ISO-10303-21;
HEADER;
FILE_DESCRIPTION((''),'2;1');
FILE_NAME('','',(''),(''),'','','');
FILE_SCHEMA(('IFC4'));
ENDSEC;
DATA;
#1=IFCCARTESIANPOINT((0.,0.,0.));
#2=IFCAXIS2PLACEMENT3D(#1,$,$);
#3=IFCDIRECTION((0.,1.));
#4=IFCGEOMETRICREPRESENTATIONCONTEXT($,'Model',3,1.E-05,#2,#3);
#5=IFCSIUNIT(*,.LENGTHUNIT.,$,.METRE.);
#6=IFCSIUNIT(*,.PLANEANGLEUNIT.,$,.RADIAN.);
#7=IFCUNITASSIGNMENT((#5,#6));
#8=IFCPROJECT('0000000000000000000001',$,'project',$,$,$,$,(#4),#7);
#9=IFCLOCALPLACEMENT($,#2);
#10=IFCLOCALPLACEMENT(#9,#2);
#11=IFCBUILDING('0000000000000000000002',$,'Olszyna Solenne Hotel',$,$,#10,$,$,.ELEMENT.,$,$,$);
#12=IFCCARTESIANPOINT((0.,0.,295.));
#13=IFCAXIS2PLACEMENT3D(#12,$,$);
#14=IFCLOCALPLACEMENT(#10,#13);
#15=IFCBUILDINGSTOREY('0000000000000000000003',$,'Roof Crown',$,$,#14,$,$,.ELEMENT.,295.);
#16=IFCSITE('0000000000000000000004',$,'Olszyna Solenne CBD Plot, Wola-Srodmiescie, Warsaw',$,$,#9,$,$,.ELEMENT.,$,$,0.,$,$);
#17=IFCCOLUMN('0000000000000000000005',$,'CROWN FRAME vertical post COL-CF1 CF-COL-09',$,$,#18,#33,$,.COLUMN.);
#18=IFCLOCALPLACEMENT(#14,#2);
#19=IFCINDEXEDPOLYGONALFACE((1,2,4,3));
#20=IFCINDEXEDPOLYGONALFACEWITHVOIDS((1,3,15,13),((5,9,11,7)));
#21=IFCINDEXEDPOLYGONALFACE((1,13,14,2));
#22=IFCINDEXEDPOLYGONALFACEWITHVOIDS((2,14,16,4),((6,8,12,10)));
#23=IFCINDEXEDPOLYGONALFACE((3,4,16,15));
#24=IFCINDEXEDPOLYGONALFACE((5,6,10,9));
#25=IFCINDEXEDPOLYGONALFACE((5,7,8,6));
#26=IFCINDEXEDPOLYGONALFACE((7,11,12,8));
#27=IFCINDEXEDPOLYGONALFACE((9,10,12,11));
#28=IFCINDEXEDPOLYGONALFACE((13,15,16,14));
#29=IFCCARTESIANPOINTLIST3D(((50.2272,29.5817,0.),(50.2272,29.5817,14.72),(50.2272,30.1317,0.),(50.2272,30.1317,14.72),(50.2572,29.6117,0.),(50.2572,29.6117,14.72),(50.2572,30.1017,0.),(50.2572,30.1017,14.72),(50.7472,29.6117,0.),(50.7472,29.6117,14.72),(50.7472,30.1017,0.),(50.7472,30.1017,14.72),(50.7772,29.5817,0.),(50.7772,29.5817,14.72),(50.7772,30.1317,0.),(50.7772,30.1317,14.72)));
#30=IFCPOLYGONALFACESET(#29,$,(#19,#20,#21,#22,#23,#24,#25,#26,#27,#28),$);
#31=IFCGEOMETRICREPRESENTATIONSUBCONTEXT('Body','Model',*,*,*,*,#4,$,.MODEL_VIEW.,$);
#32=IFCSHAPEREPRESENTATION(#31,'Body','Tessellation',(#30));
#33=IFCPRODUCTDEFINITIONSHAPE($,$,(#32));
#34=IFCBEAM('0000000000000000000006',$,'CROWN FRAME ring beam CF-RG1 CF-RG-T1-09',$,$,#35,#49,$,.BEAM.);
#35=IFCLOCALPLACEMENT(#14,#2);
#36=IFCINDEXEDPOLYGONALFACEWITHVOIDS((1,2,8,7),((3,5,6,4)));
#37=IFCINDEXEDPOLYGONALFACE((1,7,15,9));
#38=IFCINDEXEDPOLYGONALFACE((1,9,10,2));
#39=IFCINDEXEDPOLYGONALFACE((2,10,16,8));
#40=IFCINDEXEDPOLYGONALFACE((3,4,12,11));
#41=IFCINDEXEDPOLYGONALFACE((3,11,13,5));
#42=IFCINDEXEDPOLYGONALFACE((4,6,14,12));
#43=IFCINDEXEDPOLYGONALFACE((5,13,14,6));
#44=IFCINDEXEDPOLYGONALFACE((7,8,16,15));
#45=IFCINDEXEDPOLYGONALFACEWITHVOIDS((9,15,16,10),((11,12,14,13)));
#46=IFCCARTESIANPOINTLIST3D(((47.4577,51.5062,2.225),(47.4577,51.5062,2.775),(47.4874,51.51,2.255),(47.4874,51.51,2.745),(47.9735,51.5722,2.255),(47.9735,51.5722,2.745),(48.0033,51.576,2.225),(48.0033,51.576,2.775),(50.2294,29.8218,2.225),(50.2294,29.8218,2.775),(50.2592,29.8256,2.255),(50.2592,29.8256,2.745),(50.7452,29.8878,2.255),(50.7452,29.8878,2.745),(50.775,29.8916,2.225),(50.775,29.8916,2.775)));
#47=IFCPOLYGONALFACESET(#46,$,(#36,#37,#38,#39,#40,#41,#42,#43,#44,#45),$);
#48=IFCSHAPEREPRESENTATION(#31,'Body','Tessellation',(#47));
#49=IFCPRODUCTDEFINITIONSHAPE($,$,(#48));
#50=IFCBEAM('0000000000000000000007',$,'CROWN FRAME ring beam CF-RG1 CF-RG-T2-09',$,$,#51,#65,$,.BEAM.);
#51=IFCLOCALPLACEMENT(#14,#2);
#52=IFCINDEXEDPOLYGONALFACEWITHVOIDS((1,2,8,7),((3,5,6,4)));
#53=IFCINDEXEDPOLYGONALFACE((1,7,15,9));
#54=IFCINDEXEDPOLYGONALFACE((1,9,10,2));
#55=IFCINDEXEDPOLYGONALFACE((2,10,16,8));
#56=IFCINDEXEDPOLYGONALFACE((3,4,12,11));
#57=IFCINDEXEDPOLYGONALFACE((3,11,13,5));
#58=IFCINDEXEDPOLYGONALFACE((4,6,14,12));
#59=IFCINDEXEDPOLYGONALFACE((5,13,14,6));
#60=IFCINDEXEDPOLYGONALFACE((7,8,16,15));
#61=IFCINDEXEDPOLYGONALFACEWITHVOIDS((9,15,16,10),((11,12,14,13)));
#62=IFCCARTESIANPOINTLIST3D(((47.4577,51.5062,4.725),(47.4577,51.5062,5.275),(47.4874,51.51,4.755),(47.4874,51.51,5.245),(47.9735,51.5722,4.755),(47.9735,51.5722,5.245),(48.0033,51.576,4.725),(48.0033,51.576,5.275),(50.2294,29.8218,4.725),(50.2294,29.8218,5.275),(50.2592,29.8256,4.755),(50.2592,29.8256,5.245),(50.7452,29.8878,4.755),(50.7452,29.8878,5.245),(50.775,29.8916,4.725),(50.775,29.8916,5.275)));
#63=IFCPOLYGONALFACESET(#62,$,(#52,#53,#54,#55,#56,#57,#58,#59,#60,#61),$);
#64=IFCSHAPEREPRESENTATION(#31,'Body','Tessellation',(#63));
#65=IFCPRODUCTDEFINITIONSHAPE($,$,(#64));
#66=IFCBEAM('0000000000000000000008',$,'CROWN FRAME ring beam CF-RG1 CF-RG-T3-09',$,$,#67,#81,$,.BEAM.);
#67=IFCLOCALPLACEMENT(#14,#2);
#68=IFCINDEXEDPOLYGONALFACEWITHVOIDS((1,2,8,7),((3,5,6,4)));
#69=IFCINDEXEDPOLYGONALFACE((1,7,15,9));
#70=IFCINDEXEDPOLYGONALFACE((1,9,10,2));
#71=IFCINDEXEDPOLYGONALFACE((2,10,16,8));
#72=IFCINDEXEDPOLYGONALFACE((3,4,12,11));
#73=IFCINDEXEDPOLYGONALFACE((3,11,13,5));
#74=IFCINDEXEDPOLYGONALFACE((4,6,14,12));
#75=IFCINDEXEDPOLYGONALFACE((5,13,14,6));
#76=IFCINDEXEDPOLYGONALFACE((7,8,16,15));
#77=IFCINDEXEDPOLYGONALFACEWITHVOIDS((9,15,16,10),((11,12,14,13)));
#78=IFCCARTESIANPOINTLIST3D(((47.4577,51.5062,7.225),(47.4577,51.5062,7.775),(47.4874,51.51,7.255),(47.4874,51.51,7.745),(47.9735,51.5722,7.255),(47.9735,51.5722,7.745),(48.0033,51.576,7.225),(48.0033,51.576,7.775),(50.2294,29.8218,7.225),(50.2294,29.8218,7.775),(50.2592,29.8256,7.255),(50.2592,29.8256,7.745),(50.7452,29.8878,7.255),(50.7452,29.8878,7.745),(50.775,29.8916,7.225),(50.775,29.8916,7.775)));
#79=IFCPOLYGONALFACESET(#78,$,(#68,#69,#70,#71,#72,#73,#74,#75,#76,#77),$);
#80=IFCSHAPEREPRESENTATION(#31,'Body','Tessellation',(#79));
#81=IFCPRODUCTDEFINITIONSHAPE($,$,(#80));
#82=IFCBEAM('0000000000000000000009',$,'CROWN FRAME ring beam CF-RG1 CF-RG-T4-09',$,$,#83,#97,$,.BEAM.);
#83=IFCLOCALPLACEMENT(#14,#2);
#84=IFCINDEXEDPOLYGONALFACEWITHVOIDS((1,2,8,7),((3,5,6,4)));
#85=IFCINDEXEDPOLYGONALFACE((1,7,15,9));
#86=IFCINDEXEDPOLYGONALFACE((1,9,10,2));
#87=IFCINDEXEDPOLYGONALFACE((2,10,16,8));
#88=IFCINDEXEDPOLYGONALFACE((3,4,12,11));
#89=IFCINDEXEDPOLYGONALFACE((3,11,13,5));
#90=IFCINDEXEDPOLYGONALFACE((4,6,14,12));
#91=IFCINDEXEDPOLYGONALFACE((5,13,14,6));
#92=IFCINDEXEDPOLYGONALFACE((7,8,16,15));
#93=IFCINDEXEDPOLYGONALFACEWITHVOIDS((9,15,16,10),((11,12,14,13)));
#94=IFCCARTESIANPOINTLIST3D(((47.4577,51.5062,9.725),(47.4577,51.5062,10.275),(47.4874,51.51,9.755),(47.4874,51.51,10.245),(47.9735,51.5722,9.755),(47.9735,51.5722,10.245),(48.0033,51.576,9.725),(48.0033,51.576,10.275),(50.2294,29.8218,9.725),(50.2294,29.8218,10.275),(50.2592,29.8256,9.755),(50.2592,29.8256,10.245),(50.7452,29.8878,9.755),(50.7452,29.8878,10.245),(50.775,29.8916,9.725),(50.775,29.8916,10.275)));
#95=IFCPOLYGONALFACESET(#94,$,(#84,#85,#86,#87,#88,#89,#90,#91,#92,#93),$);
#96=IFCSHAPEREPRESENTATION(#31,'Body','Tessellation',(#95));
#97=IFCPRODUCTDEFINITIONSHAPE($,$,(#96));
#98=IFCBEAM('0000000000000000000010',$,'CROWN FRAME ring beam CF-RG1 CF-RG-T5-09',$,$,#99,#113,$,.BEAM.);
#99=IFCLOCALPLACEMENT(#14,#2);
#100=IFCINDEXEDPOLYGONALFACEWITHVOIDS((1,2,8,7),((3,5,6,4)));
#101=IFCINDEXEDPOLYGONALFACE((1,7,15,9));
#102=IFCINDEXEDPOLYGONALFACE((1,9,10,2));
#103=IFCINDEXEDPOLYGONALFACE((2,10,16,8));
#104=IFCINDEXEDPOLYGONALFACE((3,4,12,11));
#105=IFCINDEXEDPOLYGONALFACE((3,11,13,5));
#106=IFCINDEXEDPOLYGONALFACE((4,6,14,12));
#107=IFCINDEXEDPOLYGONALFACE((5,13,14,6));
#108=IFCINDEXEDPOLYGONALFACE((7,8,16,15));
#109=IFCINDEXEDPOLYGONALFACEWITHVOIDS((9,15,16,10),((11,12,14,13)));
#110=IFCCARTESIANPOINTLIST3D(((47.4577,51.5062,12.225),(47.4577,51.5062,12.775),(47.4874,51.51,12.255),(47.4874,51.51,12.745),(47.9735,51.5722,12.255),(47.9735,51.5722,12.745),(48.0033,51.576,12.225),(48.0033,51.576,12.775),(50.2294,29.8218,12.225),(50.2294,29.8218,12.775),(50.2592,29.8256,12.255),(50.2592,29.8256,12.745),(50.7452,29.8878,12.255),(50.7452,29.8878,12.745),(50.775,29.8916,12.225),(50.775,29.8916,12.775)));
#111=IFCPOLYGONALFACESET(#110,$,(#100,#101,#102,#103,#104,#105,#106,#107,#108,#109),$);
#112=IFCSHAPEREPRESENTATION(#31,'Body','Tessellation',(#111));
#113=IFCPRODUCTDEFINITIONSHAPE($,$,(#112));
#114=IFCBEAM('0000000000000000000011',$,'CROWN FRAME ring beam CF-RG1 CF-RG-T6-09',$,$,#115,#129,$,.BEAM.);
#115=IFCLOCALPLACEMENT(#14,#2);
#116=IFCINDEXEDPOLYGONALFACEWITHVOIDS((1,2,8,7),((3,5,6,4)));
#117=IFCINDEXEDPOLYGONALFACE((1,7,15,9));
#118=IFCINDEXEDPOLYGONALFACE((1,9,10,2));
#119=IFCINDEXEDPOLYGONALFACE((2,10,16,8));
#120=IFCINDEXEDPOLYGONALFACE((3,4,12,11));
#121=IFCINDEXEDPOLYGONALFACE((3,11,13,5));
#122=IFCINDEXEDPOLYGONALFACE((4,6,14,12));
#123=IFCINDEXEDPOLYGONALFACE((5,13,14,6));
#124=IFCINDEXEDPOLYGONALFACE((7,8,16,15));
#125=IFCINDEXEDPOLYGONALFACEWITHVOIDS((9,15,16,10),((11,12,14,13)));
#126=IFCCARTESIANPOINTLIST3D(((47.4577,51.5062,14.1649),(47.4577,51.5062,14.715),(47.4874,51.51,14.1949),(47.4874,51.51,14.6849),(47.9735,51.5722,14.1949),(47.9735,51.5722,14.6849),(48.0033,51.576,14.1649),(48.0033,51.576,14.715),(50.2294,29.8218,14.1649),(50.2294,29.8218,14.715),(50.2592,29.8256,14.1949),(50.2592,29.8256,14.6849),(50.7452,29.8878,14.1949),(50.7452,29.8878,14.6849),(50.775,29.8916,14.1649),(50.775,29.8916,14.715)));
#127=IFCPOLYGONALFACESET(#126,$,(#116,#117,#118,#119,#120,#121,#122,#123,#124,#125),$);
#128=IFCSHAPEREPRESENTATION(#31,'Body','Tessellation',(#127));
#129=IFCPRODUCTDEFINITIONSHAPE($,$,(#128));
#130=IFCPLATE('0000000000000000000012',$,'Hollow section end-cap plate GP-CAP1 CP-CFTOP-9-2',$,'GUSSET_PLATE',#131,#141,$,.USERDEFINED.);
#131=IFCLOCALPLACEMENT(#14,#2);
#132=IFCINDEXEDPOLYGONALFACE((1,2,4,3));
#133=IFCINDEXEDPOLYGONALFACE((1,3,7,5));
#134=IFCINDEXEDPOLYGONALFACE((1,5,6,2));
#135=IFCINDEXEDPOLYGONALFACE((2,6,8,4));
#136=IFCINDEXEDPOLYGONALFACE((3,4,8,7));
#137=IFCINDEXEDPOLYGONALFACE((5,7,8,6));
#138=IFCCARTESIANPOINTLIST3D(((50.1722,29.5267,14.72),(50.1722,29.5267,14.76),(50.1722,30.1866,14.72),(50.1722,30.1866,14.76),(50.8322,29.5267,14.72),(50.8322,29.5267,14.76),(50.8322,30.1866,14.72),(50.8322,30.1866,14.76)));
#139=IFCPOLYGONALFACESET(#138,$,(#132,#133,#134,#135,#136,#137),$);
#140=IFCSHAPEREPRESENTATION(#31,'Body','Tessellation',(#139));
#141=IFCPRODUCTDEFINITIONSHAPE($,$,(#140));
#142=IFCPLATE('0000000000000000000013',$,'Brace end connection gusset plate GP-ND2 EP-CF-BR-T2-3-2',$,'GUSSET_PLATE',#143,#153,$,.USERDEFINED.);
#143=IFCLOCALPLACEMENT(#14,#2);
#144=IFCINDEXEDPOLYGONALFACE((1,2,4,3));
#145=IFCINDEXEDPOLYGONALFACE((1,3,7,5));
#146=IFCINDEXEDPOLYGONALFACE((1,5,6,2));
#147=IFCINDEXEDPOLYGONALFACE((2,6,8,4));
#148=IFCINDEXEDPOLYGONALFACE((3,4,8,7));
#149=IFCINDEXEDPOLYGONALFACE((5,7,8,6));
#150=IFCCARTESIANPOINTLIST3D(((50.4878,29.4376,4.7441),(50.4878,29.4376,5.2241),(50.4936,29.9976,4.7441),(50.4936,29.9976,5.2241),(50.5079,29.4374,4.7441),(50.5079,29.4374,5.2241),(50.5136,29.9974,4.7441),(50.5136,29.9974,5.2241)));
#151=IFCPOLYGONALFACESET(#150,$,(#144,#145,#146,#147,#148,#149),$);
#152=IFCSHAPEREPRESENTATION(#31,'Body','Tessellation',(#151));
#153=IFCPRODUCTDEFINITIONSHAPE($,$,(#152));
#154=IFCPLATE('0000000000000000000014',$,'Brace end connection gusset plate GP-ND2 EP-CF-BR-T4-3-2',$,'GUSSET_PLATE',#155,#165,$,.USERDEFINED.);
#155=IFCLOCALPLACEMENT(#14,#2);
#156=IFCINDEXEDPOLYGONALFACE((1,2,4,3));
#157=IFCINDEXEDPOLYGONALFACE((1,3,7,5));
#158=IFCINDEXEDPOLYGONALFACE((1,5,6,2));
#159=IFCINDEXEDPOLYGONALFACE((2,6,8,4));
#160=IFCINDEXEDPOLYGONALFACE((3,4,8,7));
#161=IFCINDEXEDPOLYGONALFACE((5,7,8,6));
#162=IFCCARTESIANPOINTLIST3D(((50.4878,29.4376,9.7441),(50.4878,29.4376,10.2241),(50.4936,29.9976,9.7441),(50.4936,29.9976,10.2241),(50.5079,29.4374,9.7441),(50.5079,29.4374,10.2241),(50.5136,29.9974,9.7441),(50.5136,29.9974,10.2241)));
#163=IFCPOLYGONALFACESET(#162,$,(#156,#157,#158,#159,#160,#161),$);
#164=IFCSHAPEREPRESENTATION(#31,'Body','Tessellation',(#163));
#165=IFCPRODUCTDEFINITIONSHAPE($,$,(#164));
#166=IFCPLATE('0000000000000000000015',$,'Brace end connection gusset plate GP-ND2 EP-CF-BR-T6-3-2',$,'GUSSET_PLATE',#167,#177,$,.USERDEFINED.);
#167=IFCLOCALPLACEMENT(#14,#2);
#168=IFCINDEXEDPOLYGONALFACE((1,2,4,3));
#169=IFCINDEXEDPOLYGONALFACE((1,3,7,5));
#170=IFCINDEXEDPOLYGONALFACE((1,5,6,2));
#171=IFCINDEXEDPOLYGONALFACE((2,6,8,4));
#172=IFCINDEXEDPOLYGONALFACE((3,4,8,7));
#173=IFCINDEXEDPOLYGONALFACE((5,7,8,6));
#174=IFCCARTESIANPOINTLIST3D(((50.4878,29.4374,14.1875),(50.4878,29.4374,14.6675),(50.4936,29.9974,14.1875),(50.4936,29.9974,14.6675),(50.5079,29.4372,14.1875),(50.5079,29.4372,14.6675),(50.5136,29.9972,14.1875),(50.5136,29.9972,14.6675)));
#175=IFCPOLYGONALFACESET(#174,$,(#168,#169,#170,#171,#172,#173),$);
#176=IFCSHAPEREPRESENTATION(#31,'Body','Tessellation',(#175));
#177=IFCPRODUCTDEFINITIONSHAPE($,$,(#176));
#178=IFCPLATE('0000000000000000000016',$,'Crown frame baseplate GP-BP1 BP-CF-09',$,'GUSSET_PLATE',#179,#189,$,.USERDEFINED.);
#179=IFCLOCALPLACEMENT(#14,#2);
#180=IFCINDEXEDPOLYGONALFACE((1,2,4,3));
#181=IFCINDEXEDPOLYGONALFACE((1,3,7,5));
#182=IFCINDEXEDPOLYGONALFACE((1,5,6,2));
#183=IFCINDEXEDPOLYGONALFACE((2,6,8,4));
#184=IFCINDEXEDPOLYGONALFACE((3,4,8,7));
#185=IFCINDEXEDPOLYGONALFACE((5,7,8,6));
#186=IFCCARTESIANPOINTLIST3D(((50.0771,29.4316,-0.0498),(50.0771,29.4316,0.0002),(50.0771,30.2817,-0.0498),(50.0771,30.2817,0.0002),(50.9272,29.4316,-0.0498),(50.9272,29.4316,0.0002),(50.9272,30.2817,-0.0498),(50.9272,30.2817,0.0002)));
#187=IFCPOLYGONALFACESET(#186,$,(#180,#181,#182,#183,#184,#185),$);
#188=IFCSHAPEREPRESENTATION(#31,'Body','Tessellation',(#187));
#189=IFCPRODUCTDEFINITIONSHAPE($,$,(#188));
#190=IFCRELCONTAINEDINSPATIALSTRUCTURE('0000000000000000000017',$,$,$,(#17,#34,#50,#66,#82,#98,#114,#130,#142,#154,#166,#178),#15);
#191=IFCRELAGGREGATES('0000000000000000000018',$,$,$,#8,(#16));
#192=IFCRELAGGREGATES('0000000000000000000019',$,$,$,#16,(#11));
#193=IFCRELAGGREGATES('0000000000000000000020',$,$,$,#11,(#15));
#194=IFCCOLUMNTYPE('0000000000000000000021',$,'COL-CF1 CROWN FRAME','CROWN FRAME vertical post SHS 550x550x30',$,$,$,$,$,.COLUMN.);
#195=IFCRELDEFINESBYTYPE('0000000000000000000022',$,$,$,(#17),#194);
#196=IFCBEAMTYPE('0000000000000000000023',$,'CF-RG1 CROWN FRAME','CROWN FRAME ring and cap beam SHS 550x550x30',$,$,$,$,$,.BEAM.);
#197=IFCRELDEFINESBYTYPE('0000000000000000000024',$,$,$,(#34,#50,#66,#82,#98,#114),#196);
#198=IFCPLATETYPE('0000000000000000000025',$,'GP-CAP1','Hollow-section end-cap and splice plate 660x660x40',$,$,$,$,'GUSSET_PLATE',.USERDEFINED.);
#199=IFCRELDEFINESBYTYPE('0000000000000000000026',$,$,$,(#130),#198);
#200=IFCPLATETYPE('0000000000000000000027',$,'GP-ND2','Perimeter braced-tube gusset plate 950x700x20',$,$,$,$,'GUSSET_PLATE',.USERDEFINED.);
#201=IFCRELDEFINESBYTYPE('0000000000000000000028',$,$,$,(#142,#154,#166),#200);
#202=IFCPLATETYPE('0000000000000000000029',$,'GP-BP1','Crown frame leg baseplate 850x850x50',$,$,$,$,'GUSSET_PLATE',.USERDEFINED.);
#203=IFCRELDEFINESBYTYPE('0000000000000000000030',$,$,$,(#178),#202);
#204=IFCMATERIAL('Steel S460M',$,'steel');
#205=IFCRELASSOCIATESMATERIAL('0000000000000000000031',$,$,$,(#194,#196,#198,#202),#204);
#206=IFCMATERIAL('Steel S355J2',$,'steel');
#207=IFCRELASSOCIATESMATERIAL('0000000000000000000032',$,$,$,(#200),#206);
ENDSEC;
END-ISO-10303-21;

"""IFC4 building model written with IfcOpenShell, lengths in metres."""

from ifc_helpers import new_model, si_unit, direction, frame, origin, origin_2d, place, context, subcontext, project, spatial, rectangle, hollow_rectangle, extrude, source, transform, mapped, material, material_profile, profile_set, type_object, element, save


model = new_model("IFC4")

# Units and contexts
model_context = context("Model", 3, precision=1e-05, world=origin(), true_north=direction((0.0, 1.0)))
body_context = subcontext(model_context, "Body", "Model", "MODEL_VIEW")
ifc_project = project(units=[si_unit("LENGTHUNIT", "METRE"), si_unit("PLANEANGLEUNIT", "RADIAN")], contexts=[model_context])

# Site, building, storey
site_placement = place(None, origin())
site = spatial("IfcSite", under=ifc_project, at=site_placement, Name="Olszyna Solenne CBD Plot, Wola-Srodmiescie, Warsaw", CompositionType="ELEMENT", RefElevation=0.0)
building_placement = place(site_placement, origin())
building = spatial("IfcBuilding", under=site, at=building_placement, Name="Olszyna Solenne Hotel", CompositionType="ELEMENT")
storey_placement = place(building_placement, frame((0.0, 0.0, 295.0)))
storey = spatial("IfcBuildingStorey", under=building, at=storey_placement, Name="Roof Crown", CompositionType="ELEMENT", Elevation=295.0)

# Column
ifc_material_1 = material(Name="Steel S460M", Category="steel")
ifc_material_profile_1 = material_profile(ifc_material_1, hollow_rectangle(XDim=0.55, YDim=0.55, WallThickness=0.03, at=origin_2d()), Name="SHS 550x550x30", Category="load-bearing")
ifc_profile_set_1 = profile_set([ifc_material_profile_1], Name="Steel S460M")
column_type = type_object("IfcColumnType", Name="COL-CF1 CROWN FRAME", Description="CROWN FRAME vertical post SHS 550x550x30", PredefinedType="COLUMN", material=ifc_profile_set_1)
shared_shape_1 = source(origin(), body_context, "Body", "SweptSolid", [
    extrude(hollow_rectangle(XDim=0.55, YDim=0.55, WallThickness=0.03, at=origin_2d()), origin(), (0.0, 0.0, 1.0), 14.72),
])
column_placement = place(storey_placement, frame((50.5022, 29.8567, 0.0), z_axis=(0.0, 0.0, 1.0), x_axis=(1.0, 0.0, 0.0)))
element("IfcColumn", 1, at=column_placement, inside=storey, type_object=column_type, Name="CROWN FRAME vertical post COL-CF1 CF-COL-09", PredefinedType="COLUMN", context=body_context, shape_type="MappedRepresentation", body=[
    mapped(shared_shape_1, transform((0.0, 0.0, 0.0), x_axis=(1.0, 0.0, 0.0), y_axis=(0.0, 1.0, 0.0), z_axis=(0.0, 0.0, 1.0), scale=1.0)),
])

# Beams
ifc_material_profile_2 = material_profile(ifc_material_1, hollow_rectangle(XDim=0.55, YDim=0.55, WallThickness=0.03, at=origin_2d()), Name="SHS 550x550x30", Category="load-bearing")
ifc_profile_set_2 = profile_set([ifc_material_profile_2], Name="Steel S460M")
beam_type = type_object("IfcBeamType", Name="CF-RG1 CROWN FRAME", Description="CROWN FRAME ring and cap beam SHS 550x550x30", PredefinedType="BEAM", material=ifc_profile_set_2)
shared_shape_2 = source(origin(), body_context, "Body", "SweptSolid", [
    extrude(hollow_rectangle(XDim=0.55, YDim=0.55, WallThickness=0.03, at=origin_2d()), origin(), (0.0, 0.0, 1.0), 21.8608),
])
for number, where, z_axis, x_axis, name in (
    (2, (50.5022, 29.8567, 2.5), (-0.12679, 0.99193, 0.0), (-0.99193, -0.12679, 0.0), "CROWN FRAME ring beam CF-RG1 CF-RG-T1-09"),
    (3, (50.5022, 29.8567, 5.0), (-0.12679, 0.99193, 0.0), (-0.99193, -0.12679, 0.0), "CROWN FRAME ring beam CF-RG1 CF-RG-T2-09"),
    (4, (50.5022, 29.8567, 7.5), (-0.12679, 0.99193, 0.0), (-0.99193, -0.12679, 0.0), "CROWN FRAME ring beam CF-RG1 CF-RG-T3-09"),
    (5, (50.5022, 29.8567, 10.0), (-0.12679, 0.99193, 0.0), (-0.99193, -0.12679, 0.0), "CROWN FRAME ring beam CF-RG1 CF-RG-T4-09"),
    (6, (50.5022, 29.8567, 12.5), (-0.12679, 0.99193, 0.0), (-0.99193, -0.12679, 0.0), "CROWN FRAME ring beam CF-RG1 CF-RG-T5-09"),
    (7, (50.5022, 29.8567, 14.4399), (-0.12679, 0.99193, 0.0), (-0.99193, -0.12679, 0.0), "CROWN FRAME ring beam CF-RG1 CF-RG-T6-09"),
):
    element("IfcBeam", number, at=place(storey_placement, frame(where, z_axis=z_axis, x_axis=x_axis)), inside=storey, type_object=beam_type, Name=name, PredefinedType="BEAM", context=body_context, shape_type="MappedRepresentation", body=[
        mapped(shared_shape_2, transform((0.0, 0.0, 0.0), x_axis=(1.0, 0.0, 0.0), y_axis=(0.0, 1.0, 0.0), z_axis=(0.0, 0.0, 1.0), scale=1.0)),
    ])

# Plates
plate_type_1 = type_object("IfcPlateType", Name="GP-CAP1", Description="Hollow-section end-cap and splice plate 660x660x40", ElementType="GUSSET_PLATE", PredefinedType="USERDEFINED", material=ifc_material_1)
shared_shape_3 = source(origin(), body_context, "Body", "SweptSolid", [
    extrude(rectangle(XDim=0.6599, YDim=0.6599, at=origin_2d()), origin(), (0.0, 0.0, 1.0), 0.04),
])
plate_1_placement = place(storey_placement, frame((50.5022, 29.8567, 14.72), z_axis=(0.0, 0.0, 1.0), x_axis=(1.0, 0.0, 0.0)))
element("IfcPlate", 8, at=plate_1_placement, inside=storey, type_object=plate_type_1, Name="Hollow section end-cap plate GP-CAP1 CP-CFTOP-9-2", ObjectType="GUSSET_PLATE", PredefinedType="USERDEFINED", context=body_context, shape_type="MappedRepresentation", body=[
    mapped(shared_shape_3, transform((0.0, 0.0, 0.0), x_axis=(1.0, 0.0, 0.0), y_axis=(0.0, 1.0, 0.0), z_axis=(0.0, 0.0, 1.0), scale=1.0)),
])
ifc_material_2 = material(Name="Steel S355J2", Category="steel")
plate_type_2 = type_object("IfcPlateType", Name="GP-ND2", Description="Perimeter braced-tube gusset plate 950x700x20", ElementType="GUSSET_PLATE", PredefinedType="USERDEFINED", material=ifc_material_2)
shared_shape_4 = source(origin(), body_context, "Body", "SweptSolid", [
    extrude(rectangle(XDim=0.5601, YDim=0.02, at=origin_2d()), origin(), (0.0, 0.0, 1.0), 0.48),
])
for number, where, z_axis, x_axis, name in (
    (9, (50.5007, 29.7175, 4.7441), (0.0, 0.0, 1.0), (0.010297, 0.999947, 0.0), "Brace end connection gusset plate GP-ND2 EP-CF-BR-T2-3-2"),
    (10, (50.5007, 29.7175, 9.7441), (0.0, 0.0, 1.0), (0.010297, 0.999947, 0.0), "Brace end connection gusset plate GP-ND2 EP-CF-BR-T4-3-2"),
    (11, (50.5007, 29.7173, 14.1875), (0.0, 0.0, 1.0), (0.010297, 0.999947, 0.0), "Brace end connection gusset plate GP-ND2 EP-CF-BR-T6-3-2"),
):
    element("IfcPlate", number, at=place(storey_placement, frame(where, z_axis=z_axis, x_axis=x_axis)), inside=storey, type_object=plate_type_2, Name=name, ObjectType="GUSSET_PLATE", PredefinedType="USERDEFINED", context=body_context, shape_type="MappedRepresentation", body=[
        mapped(shared_shape_4, transform((0.0, 0.0, 0.0), x_axis=(1.0, 0.0, 0.0), y_axis=(0.0, 1.0, 0.0), z_axis=(0.0, 0.0, 1.0), scale=1.0)),
    ])
plate_type_3 = type_object("IfcPlateType", Name="GP-BP1", Description="Crown frame leg baseplate 850x850x50", ElementType="GUSSET_PLATE", PredefinedType="USERDEFINED", material=ifc_material_1)
shared_shape_5 = source(origin(), body_context, "Body", "SweptSolid", [
    extrude(rectangle(XDim=0.8501, YDim=0.8501, at=origin_2d()), origin(), (0.0, 0.0, 1.0), 0.05),
])
plate_2_placement = place(storey_placement, frame((50.5022, 29.8567, -0.0498), z_axis=(0.0, 0.0, 1.0), x_axis=(1.0, 0.0, 0.0)))
element("IfcPlate", 12, at=plate_2_placement, inside=storey, type_object=plate_type_3, Name="Crown frame baseplate GP-BP1 BP-CF-09", ObjectType="GUSSET_PLATE", PredefinedType="USERDEFINED", context=body_context, shape_type="MappedRepresentation", body=[
    mapped(shared_shape_5, transform((0.0, 0.0, 0.0), x_axis=(1.0, 0.0, 0.0), y_axis=(0.0, 1.0, 0.0), z_axis=(0.0, 0.0, 1.0), scale=1.0)),
])

save(model, "model.ifc")
